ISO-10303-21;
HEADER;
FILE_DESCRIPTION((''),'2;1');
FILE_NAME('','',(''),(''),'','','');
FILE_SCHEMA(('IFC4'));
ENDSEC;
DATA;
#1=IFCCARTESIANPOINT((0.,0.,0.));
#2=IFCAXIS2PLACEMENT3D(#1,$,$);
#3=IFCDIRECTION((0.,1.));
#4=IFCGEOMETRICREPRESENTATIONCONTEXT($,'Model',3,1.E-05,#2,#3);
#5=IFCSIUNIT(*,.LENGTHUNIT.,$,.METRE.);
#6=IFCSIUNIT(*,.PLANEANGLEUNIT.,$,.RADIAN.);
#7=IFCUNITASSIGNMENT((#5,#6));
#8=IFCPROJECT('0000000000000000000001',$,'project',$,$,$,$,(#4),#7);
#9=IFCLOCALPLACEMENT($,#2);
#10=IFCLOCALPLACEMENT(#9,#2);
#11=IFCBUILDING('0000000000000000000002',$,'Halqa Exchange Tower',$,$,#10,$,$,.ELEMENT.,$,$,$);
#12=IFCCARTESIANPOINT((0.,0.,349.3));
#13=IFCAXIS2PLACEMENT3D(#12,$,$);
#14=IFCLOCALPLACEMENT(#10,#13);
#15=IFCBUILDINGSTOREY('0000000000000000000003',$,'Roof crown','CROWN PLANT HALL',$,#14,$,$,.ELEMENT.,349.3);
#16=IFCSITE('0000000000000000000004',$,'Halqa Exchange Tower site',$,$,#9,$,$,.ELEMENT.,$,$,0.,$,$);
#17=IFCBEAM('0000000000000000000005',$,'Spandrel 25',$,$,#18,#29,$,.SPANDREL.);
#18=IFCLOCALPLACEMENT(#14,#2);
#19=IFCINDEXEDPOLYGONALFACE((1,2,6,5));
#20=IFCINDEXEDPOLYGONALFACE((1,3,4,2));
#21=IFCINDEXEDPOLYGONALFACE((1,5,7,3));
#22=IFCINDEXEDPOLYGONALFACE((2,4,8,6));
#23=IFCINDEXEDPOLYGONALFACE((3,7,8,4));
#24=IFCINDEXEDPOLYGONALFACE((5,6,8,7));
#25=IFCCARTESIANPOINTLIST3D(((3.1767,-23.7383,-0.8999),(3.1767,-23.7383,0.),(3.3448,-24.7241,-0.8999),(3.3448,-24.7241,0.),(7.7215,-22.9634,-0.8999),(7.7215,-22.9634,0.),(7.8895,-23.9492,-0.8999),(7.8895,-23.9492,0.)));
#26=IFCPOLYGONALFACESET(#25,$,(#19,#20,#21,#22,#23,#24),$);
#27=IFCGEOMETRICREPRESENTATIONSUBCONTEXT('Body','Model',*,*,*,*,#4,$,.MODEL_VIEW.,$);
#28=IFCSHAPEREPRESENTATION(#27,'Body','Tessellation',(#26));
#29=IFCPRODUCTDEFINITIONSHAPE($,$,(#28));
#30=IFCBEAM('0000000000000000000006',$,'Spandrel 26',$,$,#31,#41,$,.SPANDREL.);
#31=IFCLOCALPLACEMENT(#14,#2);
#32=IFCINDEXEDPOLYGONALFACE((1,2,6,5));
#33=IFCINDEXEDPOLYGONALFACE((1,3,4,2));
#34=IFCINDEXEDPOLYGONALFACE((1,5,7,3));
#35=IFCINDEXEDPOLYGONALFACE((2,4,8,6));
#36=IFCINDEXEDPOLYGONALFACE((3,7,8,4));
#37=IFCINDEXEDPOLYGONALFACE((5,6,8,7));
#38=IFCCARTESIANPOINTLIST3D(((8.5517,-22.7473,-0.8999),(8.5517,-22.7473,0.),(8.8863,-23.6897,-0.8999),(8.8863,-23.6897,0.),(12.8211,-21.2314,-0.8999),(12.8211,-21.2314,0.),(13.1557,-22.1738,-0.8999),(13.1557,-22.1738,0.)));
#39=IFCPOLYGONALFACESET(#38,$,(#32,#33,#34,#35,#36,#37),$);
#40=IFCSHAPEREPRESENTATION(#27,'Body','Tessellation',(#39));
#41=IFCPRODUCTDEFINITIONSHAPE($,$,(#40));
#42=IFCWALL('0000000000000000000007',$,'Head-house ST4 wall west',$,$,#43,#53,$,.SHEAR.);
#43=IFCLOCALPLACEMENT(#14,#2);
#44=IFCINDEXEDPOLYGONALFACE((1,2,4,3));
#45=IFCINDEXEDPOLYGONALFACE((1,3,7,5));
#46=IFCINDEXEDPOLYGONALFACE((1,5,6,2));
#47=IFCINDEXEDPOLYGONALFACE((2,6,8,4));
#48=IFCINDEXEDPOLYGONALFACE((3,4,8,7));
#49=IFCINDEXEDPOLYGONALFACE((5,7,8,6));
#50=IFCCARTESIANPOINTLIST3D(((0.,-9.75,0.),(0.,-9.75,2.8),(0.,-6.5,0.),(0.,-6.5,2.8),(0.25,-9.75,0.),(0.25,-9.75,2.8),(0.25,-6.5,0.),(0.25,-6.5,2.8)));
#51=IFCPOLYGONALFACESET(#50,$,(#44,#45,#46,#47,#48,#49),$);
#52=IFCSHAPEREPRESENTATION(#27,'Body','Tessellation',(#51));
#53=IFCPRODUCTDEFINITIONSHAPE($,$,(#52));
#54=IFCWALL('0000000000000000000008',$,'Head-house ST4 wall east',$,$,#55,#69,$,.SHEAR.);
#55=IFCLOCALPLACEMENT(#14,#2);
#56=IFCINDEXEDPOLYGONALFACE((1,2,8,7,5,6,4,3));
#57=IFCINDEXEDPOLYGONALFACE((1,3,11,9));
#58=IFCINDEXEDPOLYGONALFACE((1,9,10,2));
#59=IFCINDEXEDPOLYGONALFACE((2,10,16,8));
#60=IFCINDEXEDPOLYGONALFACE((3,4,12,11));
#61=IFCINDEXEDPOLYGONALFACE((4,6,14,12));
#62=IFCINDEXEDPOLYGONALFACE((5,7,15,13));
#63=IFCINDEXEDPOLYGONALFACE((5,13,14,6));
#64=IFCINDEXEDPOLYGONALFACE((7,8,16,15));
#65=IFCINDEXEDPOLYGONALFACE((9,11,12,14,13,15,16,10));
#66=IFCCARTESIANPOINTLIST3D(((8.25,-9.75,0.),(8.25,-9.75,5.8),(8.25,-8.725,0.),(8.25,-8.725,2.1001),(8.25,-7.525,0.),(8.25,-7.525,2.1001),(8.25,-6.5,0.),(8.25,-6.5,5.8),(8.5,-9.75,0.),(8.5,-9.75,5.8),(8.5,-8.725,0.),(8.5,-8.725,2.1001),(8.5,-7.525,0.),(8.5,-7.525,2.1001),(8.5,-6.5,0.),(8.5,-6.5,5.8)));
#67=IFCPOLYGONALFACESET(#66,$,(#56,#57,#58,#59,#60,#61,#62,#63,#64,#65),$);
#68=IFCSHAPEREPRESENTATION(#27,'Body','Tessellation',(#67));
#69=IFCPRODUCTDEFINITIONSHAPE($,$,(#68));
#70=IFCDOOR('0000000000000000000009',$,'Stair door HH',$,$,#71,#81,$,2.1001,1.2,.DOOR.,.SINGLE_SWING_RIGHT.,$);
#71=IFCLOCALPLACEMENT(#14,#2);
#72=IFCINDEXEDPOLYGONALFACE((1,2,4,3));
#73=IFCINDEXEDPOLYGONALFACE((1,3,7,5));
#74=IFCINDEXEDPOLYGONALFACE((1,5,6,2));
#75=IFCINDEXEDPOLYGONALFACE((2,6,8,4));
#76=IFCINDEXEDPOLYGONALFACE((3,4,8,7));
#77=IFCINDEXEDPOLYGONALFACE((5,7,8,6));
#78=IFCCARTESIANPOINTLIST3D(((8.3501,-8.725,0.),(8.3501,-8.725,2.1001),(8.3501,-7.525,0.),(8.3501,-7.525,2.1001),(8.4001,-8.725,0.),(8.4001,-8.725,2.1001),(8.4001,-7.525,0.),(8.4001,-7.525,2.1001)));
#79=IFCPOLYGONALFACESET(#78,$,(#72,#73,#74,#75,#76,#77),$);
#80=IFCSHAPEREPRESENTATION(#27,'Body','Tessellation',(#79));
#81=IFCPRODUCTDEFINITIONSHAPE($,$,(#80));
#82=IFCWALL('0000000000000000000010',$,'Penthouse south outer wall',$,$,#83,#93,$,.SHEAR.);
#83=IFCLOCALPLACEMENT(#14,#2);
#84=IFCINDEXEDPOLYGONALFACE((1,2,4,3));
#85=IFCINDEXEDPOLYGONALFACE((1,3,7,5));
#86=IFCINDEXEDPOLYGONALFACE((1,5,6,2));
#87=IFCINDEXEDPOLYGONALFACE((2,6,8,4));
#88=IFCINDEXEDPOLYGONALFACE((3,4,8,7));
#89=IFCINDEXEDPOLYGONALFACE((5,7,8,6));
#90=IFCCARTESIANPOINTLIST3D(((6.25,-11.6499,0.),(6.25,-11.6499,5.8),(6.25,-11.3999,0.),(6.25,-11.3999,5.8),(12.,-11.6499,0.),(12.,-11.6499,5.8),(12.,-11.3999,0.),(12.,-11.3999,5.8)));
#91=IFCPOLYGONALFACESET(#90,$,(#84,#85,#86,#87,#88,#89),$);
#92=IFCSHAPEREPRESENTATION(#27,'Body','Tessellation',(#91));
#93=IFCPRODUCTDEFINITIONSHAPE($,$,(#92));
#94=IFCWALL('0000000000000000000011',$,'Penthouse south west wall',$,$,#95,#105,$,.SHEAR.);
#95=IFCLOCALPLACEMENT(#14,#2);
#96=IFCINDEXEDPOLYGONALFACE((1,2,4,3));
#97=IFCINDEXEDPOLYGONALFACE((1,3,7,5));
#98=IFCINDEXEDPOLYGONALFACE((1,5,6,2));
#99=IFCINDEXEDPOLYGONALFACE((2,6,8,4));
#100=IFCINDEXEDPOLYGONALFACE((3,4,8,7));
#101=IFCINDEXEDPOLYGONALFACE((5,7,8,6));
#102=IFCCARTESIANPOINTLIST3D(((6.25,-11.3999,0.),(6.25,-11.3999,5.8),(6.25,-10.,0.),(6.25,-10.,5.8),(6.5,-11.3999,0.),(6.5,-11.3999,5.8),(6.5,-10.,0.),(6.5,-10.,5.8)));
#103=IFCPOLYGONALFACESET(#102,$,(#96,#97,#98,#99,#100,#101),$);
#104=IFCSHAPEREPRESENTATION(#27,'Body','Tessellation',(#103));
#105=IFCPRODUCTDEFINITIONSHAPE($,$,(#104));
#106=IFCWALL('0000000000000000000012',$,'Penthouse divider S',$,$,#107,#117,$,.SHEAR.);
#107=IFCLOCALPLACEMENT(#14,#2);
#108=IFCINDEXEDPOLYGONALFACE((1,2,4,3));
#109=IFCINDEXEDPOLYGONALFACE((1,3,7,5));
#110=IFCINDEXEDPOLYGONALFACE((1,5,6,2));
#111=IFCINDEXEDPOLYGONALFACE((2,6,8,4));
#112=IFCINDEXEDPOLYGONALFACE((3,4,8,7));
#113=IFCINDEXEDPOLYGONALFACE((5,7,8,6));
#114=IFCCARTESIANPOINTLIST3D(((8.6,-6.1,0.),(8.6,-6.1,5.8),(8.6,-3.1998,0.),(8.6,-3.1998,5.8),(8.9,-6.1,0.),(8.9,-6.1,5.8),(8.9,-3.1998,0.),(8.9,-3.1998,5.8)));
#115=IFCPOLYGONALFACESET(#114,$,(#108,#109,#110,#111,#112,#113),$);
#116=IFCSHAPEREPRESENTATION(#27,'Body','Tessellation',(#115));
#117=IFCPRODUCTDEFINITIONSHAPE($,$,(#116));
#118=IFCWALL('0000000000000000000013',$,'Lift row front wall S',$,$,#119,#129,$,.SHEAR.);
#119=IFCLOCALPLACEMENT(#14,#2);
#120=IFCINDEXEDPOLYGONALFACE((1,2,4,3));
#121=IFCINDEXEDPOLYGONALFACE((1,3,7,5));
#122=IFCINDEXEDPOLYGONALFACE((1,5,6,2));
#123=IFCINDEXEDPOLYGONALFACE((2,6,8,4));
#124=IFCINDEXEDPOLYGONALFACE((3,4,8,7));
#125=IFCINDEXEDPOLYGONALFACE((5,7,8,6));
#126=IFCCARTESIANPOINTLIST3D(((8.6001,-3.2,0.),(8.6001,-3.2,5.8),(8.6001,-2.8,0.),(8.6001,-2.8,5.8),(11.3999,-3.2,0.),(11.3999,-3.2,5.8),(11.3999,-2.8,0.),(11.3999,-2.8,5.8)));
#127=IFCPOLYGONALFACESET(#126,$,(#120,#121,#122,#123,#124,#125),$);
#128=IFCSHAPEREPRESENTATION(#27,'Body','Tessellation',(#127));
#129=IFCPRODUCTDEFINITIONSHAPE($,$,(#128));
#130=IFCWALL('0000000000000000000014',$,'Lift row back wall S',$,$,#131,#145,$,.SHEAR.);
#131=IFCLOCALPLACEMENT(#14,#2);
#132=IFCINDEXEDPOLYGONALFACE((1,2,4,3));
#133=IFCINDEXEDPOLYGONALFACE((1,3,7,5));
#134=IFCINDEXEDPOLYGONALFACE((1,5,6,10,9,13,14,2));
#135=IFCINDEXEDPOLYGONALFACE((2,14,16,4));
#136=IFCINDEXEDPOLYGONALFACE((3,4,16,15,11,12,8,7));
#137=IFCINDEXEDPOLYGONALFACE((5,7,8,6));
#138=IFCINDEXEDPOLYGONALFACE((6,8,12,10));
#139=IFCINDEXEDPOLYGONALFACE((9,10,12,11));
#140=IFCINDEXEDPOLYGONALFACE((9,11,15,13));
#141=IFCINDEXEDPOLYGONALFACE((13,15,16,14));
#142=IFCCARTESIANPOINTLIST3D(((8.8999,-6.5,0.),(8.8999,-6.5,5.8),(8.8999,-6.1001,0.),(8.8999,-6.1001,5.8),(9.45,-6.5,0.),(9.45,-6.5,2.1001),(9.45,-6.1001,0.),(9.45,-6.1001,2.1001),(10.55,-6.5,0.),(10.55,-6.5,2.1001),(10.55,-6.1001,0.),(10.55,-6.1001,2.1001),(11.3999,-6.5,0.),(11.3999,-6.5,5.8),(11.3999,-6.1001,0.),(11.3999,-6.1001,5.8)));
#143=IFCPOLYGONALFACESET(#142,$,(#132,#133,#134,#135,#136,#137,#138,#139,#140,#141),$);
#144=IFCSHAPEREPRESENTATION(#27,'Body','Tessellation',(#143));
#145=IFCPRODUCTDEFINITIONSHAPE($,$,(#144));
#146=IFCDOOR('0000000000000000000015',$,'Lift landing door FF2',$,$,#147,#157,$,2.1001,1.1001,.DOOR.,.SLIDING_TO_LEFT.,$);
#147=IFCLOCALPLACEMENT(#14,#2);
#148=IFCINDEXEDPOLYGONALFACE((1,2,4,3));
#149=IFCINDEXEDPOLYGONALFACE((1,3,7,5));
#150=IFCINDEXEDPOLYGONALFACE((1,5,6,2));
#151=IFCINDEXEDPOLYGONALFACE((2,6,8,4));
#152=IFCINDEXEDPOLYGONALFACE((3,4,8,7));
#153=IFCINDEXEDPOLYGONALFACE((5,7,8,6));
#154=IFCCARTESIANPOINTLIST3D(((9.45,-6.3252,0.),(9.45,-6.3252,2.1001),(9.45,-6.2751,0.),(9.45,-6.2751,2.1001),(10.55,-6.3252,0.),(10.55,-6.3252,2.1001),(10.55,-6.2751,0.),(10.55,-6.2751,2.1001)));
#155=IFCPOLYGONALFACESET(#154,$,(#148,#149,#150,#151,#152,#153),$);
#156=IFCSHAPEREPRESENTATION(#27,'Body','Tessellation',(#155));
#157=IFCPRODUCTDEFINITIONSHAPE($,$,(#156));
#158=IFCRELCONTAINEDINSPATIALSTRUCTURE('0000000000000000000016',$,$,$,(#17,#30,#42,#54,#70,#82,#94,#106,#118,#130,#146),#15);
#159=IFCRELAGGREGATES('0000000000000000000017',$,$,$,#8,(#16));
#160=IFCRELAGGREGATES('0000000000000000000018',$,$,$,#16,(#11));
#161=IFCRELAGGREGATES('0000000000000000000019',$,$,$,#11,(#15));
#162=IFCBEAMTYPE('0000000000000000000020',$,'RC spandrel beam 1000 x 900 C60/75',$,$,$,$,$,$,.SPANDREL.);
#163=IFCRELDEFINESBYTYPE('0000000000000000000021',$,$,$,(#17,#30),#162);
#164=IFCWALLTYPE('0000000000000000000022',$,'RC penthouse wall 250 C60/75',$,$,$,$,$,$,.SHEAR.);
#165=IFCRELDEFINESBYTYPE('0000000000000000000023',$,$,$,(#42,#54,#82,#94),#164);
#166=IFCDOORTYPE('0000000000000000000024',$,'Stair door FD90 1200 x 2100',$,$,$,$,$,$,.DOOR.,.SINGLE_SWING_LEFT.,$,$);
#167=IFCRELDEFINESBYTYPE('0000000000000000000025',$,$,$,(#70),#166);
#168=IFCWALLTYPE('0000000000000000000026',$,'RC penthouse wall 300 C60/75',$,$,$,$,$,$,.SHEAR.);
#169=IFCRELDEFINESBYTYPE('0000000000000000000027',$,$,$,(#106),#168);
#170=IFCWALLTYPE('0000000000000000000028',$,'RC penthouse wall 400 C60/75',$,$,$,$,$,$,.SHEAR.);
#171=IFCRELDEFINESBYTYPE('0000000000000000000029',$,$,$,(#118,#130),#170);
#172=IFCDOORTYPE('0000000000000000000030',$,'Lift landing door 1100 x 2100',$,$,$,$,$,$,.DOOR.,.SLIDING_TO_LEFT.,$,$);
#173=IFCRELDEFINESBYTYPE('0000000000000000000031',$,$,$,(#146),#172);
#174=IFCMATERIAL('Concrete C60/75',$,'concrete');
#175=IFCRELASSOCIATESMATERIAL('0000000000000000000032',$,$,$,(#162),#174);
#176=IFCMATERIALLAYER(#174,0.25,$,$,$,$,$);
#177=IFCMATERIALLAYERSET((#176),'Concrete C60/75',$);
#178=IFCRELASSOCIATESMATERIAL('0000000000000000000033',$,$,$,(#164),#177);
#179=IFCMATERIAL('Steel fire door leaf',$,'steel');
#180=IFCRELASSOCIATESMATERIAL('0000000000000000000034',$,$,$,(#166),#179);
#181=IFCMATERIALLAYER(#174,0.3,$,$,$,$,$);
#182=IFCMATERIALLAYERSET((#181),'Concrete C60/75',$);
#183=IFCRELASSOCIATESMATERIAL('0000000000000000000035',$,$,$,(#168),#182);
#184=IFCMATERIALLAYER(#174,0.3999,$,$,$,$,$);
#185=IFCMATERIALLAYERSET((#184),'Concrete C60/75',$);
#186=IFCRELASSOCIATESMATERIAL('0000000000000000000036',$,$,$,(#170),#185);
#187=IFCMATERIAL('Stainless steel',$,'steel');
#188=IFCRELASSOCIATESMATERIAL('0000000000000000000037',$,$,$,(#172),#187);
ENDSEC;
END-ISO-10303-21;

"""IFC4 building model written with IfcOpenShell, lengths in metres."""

from ifc_helpers import new_model, si_unit, direction, frame, frame_2d, origin, origin_2d, place, context, subcontext, project, spatial, rectangle, extrude, material, layer, layer_set, material_profile, profile_set, type_object, element, fill, save


model = new_model("IFC4")

# Units and contexts
model_context = context("Model", 3, precision=1e-05, world=origin(), true_north=direction((0.0, 1.0)))
body_context = subcontext(model_context, "Body", "Model", "MODEL_VIEW")
ifc_project = project(units=[si_unit("LENGTHUNIT", "METRE"), si_unit("PLANEANGLEUNIT", "RADIAN")], contexts=[model_context])

# Site, building, storey
site_placement = place(None, origin())
site = spatial("IfcSite", under=ifc_project, at=site_placement, Name="Halqa Exchange Tower site", CompositionType="ELEMENT", RefElevation=0.0)
building_placement = place(site_placement, origin())
building = spatial("IfcBuilding", under=site, at=building_placement, Name="Halqa Exchange Tower", CompositionType="ELEMENT")
storey_placement = place(building_placement, frame((0.0, 0.0, 349.3)))
storey = spatial("IfcBuildingStorey", under=building, at=storey_placement, Name="Roof crown", Description="CROWN PLANT HALL", CompositionType="ELEMENT", Elevation=349.3)

# Beams
ifc_material_1 = material(Name="Concrete C60/75", Category="concrete")
ifc_material_profile_1 = material_profile(ifc_material_1, rectangle(XDim=1.0, YDim=0.8999, at=origin_2d()), Name="1000 x 900")
ifc_profile_set_1 = profile_set([ifc_material_profile_1], Name="Concrete C60/75")
beam_type_1 = type_object("IfcBeamType", Name="RC spandrel beam 1000 x 900 C60/75", PredefinedType="SPANDREL", material=ifc_profile_set_1)
beam_1_placement = place(storey_placement, frame((3.2607, -24.2312, -0.45), z_axis=(0.985773, 0.168082, 0.0), x_axis=(-0.168082, 0.985773, 0.0)))
element("IfcBeam", 1, at=beam_1_placement, inside=storey, type_object=beam_type_1, Name="Spandrel 25", PredefinedType="SPANDREL", context=body_context, shape_type="SweptSolid", body=[
    extrude(rectangle(XDim=1.0, YDim=0.8999, at=origin_2d()), origin(), (0.0, 0.0, 1.0), 4.6104),
])
beam_2_placement = place(storey_placement, frame((8.719, -23.2185, -0.45), z_axis=(0.942361, 0.334598, 0.0), x_axis=(-0.334598, 0.942361, 0.0)))
element("IfcBeam", 2, at=beam_2_placement, inside=storey, type_object=beam_type_1, Name="Spandrel 26", PredefinedType="SPANDREL", context=body_context, shape_type="SweptSolid", body=[
    extrude(rectangle(XDim=1.0, YDim=0.8999, at=origin_2d()), origin(), (0.0, 0.0, 1.0), 4.5305),
])

# Wall
ifc_layer_1 = layer(ifc_material_1, 0.25)
ifc_layer_set_1 = layer_set([ifc_layer_1], Name="Concrete C60/75")
wall_type_1 = type_object("IfcWallType", Name="RC penthouse wall 250 C60/75", PredefinedType="SHEAR", material=ifc_layer_set_1)
wall_1_placement = place(storey_placement, frame((0.125, -9.75, 0.0), z_axis=(0.0, 0.0, 1.0), x_axis=(0.0, 1.0, 0.0)))
element("IfcWall", 3, at=wall_1_placement, inside=storey, type_object=wall_type_1, Name="Head-house ST4 wall west", PredefinedType="SHEAR", context=body_context, shape_type="SweptSolid", body=[
    extrude(rectangle(XDim=3.25, YDim=0.25, at=frame_2d((1.625, 0.0))), origin(), (0.0, 0.0, 1.0), 2.8),
])

# Wall, opening, door
wall_2_placement = place(storey_placement, frame((8.375, -9.75, 0.0), z_axis=(0.0, 0.0, 1.0), x_axis=(0.0, 1.0, 0.0)))
wall_2 = element("IfcWall", 4, at=wall_2_placement, inside=storey, type_object=wall_type_1, Name="Head-house ST4 wall east", PredefinedType="SHEAR", context=body_context, shape_type="SweptSolid", body=[
    extrude(rectangle(XDim=3.25, YDim=0.25, at=frame_2d((1.625, 0.0))), origin(), (0.0, 0.0, 1.0), 5.8),
])
opening_1_placement = place(wall_2_placement, frame((1.0249, 0.0, 0.0)))
opening_1 = element("IfcOpeningElement", 5, at=opening_1_placement, cuts=wall_2, PredefinedType="OPENING", context=body_context, shape_type="SweptSolid", body=[
    extrude(rectangle(XDim=1.2, YDim=2.1001, at=frame_2d((0.6001, 1.05))), frame((0.0, 0.137, 0.0), z_axis=(0.0, -1.0, 0.0), x_axis=(1.0, 0.0, 0.0)), (0.0, 0.0, 1.0), 0.2739),
])
ifc_material_2 = material(Name="Steel fire door leaf", Category="steel")
door_type_1 = type_object("IfcDoorType", Name="Stair door FD90 1200 x 2100", OperationType="SINGLE_SWING_LEFT", PredefinedType="DOOR", material=ifc_material_2)
door_1_placement = place(opening_1_placement, origin())
door_1 = element("IfcDoor", 6, at=door_1_placement, inside=storey, type_object=door_type_1, Name="Stair door HH", OperationType="SINGLE_SWING_RIGHT", OverallHeight=2.1001, OverallWidth=1.2, PredefinedType="DOOR", context=body_context, shape_type="SweptSolid", body=[
    extrude(rectangle(XDim=1.2, YDim=2.1001, at=frame_2d((0.6001, 1.05))), frame((0.0, 0.0249, 0.0), z_axis=(0.0, -1.0, 0.0), x_axis=(1.0, 0.0, 0.0)), (0.0, 0.0, 1.0), 0.05),
])
fill(opening_1, door_1)

# Walls
wall_3_placement = place(storey_placement, frame((6.25, -11.5249, 0.0), z_axis=(0.0, 0.0, 1.0), x_axis=(1.0, 0.0, 0.0)))
element("IfcWall", 7, at=wall_3_placement, inside=storey, type_object=wall_type_1, Name="Penthouse south outer wall", PredefinedType="SHEAR", context=body_context, shape_type="SweptSolid", body=[
    extrude(rectangle(XDim=5.75, YDim=0.25, at=frame_2d((2.875, 0.0))), origin(), (0.0, 0.0, 1.0), 5.8),
])
wall_4_placement = place(storey_placement, frame((6.375, -11.3999, 0.0), z_axis=(0.0, 0.0, 1.0), x_axis=(0.0, 1.0, 0.0)))
element("IfcWall", 8, at=wall_4_placement, inside=storey, type_object=wall_type_1, Name="Penthouse south west wall", PredefinedType="SHEAR", context=body_context, shape_type="SweptSolid", body=[
    extrude(rectangle(XDim=1.3999, YDim=0.25, at=frame_2d((0.7, 0.0))), origin(), (0.0, 0.0, 1.0), 5.8),
])
ifc_layer_2 = layer(ifc_material_1, 0.3)
ifc_layer_set_2 = layer_set([ifc_layer_2], Name="Concrete C60/75")
wall_type_2 = type_object("IfcWallType", Name="RC penthouse wall 300 C60/75", PredefinedType="SHEAR", material=ifc_layer_set_2)
wall_5_placement = place(storey_placement, frame((8.75, -6.1001, 0.0), z_axis=(0.0, 0.0, 1.0), x_axis=(0.0, 1.0, 0.0)))
element("IfcWall", 9, at=wall_5_placement, inside=storey, type_object=wall_type_2, Name="Penthouse divider S", PredefinedType="SHEAR", context=body_context, shape_type="SweptSolid", body=[
    extrude(rectangle(XDim=2.9001, YDim=0.3, at=frame_2d((1.4502, 0.0))), origin(), (0.0, 0.0, 1.0), 5.8),
])
ifc_layer_3 = layer(ifc_material_1, 0.3999)
ifc_layer_set_3 = layer_set([ifc_layer_3], Name="Concrete C60/75")
wall_type_3 = type_object("IfcWallType", Name="RC penthouse wall 400 C60/75", PredefinedType="SHEAR", material=ifc_layer_set_3)
wall_6_placement = place(storey_placement, frame((8.6001, -3.0, 0.0), z_axis=(0.0, 0.0, 1.0), x_axis=(1.0, 0.0, 0.0)))
element("IfcWall", 10, at=wall_6_placement, inside=storey, type_object=wall_type_3, Name="Lift row front wall S", PredefinedType="SHEAR", context=body_context, shape_type="SweptSolid", body=[
    extrude(rectangle(XDim=2.7998, YDim=0.3999, at=frame_2d((1.3999, 0.0))), origin(), (0.0, 0.0, 1.0), 5.8),
])

# Wall, opening, door
wall_7_placement = place(storey_placement, frame((8.8999, -6.3, 0.0), z_axis=(0.0, 0.0, 1.0), x_axis=(1.0, 0.0, 0.0)))
wall_7 = element("IfcWall", 11, at=wall_7_placement, inside=storey, type_object=wall_type_3, Name="Lift row back wall S", PredefinedType="SHEAR", context=body_context, shape_type="SweptSolid", body=[
    extrude(rectangle(XDim=2.5, YDim=0.3999, at=frame_2d((1.25, 0.0))), origin(), (0.0, 0.0, 1.0), 5.8),
])
opening_2_placement = place(wall_7_placement, frame((0.55, 0.0, 0.0)))
opening_2 = element("IfcOpeningElement", 12, at=opening_2_placement, cuts=wall_7, PredefinedType="OPENING", context=body_context, shape_type="SweptSolid", body=[
    extrude(rectangle(XDim=1.1001, YDim=2.1001, at=frame_2d((0.55, 1.05))), frame((0.0, 0.2119, 0.0), z_axis=(0.0, -1.0, 0.0), x_axis=(1.0, 0.0, 0.0)), (0.0, 0.0, 1.0), 0.4238),
])
ifc_material_3 = material(Name="Stainless steel", Category="steel")
door_type_2 = type_object("IfcDoorType", Name="Lift landing door 1100 x 2100", OperationType="SLIDING_TO_LEFT", PredefinedType="DOOR", material=ifc_material_3)
door_2_placement = place(opening_2_placement, origin())
door_2 = element("IfcDoor", 13, at=door_2_placement, inside=storey, type_object=door_type_2, Name="Lift landing door FF2", OperationType="SLIDING_TO_LEFT", OverallHeight=2.1001, OverallWidth=1.1001, PredefinedType="DOOR", context=body_context, shape_type="SweptSolid", body=[
    extrude(rectangle(XDim=1.1001, YDim=2.1001, at=frame_2d((0.55, 1.05))), frame((0.0, 0.0249, 0.0), z_axis=(0.0, -1.0, 0.0), x_axis=(1.0, 0.0, 0.0)), (0.0, 0.0, 1.0), 0.05),
])
fill(opening_2, door_2)

save(model, "model.ifc")
